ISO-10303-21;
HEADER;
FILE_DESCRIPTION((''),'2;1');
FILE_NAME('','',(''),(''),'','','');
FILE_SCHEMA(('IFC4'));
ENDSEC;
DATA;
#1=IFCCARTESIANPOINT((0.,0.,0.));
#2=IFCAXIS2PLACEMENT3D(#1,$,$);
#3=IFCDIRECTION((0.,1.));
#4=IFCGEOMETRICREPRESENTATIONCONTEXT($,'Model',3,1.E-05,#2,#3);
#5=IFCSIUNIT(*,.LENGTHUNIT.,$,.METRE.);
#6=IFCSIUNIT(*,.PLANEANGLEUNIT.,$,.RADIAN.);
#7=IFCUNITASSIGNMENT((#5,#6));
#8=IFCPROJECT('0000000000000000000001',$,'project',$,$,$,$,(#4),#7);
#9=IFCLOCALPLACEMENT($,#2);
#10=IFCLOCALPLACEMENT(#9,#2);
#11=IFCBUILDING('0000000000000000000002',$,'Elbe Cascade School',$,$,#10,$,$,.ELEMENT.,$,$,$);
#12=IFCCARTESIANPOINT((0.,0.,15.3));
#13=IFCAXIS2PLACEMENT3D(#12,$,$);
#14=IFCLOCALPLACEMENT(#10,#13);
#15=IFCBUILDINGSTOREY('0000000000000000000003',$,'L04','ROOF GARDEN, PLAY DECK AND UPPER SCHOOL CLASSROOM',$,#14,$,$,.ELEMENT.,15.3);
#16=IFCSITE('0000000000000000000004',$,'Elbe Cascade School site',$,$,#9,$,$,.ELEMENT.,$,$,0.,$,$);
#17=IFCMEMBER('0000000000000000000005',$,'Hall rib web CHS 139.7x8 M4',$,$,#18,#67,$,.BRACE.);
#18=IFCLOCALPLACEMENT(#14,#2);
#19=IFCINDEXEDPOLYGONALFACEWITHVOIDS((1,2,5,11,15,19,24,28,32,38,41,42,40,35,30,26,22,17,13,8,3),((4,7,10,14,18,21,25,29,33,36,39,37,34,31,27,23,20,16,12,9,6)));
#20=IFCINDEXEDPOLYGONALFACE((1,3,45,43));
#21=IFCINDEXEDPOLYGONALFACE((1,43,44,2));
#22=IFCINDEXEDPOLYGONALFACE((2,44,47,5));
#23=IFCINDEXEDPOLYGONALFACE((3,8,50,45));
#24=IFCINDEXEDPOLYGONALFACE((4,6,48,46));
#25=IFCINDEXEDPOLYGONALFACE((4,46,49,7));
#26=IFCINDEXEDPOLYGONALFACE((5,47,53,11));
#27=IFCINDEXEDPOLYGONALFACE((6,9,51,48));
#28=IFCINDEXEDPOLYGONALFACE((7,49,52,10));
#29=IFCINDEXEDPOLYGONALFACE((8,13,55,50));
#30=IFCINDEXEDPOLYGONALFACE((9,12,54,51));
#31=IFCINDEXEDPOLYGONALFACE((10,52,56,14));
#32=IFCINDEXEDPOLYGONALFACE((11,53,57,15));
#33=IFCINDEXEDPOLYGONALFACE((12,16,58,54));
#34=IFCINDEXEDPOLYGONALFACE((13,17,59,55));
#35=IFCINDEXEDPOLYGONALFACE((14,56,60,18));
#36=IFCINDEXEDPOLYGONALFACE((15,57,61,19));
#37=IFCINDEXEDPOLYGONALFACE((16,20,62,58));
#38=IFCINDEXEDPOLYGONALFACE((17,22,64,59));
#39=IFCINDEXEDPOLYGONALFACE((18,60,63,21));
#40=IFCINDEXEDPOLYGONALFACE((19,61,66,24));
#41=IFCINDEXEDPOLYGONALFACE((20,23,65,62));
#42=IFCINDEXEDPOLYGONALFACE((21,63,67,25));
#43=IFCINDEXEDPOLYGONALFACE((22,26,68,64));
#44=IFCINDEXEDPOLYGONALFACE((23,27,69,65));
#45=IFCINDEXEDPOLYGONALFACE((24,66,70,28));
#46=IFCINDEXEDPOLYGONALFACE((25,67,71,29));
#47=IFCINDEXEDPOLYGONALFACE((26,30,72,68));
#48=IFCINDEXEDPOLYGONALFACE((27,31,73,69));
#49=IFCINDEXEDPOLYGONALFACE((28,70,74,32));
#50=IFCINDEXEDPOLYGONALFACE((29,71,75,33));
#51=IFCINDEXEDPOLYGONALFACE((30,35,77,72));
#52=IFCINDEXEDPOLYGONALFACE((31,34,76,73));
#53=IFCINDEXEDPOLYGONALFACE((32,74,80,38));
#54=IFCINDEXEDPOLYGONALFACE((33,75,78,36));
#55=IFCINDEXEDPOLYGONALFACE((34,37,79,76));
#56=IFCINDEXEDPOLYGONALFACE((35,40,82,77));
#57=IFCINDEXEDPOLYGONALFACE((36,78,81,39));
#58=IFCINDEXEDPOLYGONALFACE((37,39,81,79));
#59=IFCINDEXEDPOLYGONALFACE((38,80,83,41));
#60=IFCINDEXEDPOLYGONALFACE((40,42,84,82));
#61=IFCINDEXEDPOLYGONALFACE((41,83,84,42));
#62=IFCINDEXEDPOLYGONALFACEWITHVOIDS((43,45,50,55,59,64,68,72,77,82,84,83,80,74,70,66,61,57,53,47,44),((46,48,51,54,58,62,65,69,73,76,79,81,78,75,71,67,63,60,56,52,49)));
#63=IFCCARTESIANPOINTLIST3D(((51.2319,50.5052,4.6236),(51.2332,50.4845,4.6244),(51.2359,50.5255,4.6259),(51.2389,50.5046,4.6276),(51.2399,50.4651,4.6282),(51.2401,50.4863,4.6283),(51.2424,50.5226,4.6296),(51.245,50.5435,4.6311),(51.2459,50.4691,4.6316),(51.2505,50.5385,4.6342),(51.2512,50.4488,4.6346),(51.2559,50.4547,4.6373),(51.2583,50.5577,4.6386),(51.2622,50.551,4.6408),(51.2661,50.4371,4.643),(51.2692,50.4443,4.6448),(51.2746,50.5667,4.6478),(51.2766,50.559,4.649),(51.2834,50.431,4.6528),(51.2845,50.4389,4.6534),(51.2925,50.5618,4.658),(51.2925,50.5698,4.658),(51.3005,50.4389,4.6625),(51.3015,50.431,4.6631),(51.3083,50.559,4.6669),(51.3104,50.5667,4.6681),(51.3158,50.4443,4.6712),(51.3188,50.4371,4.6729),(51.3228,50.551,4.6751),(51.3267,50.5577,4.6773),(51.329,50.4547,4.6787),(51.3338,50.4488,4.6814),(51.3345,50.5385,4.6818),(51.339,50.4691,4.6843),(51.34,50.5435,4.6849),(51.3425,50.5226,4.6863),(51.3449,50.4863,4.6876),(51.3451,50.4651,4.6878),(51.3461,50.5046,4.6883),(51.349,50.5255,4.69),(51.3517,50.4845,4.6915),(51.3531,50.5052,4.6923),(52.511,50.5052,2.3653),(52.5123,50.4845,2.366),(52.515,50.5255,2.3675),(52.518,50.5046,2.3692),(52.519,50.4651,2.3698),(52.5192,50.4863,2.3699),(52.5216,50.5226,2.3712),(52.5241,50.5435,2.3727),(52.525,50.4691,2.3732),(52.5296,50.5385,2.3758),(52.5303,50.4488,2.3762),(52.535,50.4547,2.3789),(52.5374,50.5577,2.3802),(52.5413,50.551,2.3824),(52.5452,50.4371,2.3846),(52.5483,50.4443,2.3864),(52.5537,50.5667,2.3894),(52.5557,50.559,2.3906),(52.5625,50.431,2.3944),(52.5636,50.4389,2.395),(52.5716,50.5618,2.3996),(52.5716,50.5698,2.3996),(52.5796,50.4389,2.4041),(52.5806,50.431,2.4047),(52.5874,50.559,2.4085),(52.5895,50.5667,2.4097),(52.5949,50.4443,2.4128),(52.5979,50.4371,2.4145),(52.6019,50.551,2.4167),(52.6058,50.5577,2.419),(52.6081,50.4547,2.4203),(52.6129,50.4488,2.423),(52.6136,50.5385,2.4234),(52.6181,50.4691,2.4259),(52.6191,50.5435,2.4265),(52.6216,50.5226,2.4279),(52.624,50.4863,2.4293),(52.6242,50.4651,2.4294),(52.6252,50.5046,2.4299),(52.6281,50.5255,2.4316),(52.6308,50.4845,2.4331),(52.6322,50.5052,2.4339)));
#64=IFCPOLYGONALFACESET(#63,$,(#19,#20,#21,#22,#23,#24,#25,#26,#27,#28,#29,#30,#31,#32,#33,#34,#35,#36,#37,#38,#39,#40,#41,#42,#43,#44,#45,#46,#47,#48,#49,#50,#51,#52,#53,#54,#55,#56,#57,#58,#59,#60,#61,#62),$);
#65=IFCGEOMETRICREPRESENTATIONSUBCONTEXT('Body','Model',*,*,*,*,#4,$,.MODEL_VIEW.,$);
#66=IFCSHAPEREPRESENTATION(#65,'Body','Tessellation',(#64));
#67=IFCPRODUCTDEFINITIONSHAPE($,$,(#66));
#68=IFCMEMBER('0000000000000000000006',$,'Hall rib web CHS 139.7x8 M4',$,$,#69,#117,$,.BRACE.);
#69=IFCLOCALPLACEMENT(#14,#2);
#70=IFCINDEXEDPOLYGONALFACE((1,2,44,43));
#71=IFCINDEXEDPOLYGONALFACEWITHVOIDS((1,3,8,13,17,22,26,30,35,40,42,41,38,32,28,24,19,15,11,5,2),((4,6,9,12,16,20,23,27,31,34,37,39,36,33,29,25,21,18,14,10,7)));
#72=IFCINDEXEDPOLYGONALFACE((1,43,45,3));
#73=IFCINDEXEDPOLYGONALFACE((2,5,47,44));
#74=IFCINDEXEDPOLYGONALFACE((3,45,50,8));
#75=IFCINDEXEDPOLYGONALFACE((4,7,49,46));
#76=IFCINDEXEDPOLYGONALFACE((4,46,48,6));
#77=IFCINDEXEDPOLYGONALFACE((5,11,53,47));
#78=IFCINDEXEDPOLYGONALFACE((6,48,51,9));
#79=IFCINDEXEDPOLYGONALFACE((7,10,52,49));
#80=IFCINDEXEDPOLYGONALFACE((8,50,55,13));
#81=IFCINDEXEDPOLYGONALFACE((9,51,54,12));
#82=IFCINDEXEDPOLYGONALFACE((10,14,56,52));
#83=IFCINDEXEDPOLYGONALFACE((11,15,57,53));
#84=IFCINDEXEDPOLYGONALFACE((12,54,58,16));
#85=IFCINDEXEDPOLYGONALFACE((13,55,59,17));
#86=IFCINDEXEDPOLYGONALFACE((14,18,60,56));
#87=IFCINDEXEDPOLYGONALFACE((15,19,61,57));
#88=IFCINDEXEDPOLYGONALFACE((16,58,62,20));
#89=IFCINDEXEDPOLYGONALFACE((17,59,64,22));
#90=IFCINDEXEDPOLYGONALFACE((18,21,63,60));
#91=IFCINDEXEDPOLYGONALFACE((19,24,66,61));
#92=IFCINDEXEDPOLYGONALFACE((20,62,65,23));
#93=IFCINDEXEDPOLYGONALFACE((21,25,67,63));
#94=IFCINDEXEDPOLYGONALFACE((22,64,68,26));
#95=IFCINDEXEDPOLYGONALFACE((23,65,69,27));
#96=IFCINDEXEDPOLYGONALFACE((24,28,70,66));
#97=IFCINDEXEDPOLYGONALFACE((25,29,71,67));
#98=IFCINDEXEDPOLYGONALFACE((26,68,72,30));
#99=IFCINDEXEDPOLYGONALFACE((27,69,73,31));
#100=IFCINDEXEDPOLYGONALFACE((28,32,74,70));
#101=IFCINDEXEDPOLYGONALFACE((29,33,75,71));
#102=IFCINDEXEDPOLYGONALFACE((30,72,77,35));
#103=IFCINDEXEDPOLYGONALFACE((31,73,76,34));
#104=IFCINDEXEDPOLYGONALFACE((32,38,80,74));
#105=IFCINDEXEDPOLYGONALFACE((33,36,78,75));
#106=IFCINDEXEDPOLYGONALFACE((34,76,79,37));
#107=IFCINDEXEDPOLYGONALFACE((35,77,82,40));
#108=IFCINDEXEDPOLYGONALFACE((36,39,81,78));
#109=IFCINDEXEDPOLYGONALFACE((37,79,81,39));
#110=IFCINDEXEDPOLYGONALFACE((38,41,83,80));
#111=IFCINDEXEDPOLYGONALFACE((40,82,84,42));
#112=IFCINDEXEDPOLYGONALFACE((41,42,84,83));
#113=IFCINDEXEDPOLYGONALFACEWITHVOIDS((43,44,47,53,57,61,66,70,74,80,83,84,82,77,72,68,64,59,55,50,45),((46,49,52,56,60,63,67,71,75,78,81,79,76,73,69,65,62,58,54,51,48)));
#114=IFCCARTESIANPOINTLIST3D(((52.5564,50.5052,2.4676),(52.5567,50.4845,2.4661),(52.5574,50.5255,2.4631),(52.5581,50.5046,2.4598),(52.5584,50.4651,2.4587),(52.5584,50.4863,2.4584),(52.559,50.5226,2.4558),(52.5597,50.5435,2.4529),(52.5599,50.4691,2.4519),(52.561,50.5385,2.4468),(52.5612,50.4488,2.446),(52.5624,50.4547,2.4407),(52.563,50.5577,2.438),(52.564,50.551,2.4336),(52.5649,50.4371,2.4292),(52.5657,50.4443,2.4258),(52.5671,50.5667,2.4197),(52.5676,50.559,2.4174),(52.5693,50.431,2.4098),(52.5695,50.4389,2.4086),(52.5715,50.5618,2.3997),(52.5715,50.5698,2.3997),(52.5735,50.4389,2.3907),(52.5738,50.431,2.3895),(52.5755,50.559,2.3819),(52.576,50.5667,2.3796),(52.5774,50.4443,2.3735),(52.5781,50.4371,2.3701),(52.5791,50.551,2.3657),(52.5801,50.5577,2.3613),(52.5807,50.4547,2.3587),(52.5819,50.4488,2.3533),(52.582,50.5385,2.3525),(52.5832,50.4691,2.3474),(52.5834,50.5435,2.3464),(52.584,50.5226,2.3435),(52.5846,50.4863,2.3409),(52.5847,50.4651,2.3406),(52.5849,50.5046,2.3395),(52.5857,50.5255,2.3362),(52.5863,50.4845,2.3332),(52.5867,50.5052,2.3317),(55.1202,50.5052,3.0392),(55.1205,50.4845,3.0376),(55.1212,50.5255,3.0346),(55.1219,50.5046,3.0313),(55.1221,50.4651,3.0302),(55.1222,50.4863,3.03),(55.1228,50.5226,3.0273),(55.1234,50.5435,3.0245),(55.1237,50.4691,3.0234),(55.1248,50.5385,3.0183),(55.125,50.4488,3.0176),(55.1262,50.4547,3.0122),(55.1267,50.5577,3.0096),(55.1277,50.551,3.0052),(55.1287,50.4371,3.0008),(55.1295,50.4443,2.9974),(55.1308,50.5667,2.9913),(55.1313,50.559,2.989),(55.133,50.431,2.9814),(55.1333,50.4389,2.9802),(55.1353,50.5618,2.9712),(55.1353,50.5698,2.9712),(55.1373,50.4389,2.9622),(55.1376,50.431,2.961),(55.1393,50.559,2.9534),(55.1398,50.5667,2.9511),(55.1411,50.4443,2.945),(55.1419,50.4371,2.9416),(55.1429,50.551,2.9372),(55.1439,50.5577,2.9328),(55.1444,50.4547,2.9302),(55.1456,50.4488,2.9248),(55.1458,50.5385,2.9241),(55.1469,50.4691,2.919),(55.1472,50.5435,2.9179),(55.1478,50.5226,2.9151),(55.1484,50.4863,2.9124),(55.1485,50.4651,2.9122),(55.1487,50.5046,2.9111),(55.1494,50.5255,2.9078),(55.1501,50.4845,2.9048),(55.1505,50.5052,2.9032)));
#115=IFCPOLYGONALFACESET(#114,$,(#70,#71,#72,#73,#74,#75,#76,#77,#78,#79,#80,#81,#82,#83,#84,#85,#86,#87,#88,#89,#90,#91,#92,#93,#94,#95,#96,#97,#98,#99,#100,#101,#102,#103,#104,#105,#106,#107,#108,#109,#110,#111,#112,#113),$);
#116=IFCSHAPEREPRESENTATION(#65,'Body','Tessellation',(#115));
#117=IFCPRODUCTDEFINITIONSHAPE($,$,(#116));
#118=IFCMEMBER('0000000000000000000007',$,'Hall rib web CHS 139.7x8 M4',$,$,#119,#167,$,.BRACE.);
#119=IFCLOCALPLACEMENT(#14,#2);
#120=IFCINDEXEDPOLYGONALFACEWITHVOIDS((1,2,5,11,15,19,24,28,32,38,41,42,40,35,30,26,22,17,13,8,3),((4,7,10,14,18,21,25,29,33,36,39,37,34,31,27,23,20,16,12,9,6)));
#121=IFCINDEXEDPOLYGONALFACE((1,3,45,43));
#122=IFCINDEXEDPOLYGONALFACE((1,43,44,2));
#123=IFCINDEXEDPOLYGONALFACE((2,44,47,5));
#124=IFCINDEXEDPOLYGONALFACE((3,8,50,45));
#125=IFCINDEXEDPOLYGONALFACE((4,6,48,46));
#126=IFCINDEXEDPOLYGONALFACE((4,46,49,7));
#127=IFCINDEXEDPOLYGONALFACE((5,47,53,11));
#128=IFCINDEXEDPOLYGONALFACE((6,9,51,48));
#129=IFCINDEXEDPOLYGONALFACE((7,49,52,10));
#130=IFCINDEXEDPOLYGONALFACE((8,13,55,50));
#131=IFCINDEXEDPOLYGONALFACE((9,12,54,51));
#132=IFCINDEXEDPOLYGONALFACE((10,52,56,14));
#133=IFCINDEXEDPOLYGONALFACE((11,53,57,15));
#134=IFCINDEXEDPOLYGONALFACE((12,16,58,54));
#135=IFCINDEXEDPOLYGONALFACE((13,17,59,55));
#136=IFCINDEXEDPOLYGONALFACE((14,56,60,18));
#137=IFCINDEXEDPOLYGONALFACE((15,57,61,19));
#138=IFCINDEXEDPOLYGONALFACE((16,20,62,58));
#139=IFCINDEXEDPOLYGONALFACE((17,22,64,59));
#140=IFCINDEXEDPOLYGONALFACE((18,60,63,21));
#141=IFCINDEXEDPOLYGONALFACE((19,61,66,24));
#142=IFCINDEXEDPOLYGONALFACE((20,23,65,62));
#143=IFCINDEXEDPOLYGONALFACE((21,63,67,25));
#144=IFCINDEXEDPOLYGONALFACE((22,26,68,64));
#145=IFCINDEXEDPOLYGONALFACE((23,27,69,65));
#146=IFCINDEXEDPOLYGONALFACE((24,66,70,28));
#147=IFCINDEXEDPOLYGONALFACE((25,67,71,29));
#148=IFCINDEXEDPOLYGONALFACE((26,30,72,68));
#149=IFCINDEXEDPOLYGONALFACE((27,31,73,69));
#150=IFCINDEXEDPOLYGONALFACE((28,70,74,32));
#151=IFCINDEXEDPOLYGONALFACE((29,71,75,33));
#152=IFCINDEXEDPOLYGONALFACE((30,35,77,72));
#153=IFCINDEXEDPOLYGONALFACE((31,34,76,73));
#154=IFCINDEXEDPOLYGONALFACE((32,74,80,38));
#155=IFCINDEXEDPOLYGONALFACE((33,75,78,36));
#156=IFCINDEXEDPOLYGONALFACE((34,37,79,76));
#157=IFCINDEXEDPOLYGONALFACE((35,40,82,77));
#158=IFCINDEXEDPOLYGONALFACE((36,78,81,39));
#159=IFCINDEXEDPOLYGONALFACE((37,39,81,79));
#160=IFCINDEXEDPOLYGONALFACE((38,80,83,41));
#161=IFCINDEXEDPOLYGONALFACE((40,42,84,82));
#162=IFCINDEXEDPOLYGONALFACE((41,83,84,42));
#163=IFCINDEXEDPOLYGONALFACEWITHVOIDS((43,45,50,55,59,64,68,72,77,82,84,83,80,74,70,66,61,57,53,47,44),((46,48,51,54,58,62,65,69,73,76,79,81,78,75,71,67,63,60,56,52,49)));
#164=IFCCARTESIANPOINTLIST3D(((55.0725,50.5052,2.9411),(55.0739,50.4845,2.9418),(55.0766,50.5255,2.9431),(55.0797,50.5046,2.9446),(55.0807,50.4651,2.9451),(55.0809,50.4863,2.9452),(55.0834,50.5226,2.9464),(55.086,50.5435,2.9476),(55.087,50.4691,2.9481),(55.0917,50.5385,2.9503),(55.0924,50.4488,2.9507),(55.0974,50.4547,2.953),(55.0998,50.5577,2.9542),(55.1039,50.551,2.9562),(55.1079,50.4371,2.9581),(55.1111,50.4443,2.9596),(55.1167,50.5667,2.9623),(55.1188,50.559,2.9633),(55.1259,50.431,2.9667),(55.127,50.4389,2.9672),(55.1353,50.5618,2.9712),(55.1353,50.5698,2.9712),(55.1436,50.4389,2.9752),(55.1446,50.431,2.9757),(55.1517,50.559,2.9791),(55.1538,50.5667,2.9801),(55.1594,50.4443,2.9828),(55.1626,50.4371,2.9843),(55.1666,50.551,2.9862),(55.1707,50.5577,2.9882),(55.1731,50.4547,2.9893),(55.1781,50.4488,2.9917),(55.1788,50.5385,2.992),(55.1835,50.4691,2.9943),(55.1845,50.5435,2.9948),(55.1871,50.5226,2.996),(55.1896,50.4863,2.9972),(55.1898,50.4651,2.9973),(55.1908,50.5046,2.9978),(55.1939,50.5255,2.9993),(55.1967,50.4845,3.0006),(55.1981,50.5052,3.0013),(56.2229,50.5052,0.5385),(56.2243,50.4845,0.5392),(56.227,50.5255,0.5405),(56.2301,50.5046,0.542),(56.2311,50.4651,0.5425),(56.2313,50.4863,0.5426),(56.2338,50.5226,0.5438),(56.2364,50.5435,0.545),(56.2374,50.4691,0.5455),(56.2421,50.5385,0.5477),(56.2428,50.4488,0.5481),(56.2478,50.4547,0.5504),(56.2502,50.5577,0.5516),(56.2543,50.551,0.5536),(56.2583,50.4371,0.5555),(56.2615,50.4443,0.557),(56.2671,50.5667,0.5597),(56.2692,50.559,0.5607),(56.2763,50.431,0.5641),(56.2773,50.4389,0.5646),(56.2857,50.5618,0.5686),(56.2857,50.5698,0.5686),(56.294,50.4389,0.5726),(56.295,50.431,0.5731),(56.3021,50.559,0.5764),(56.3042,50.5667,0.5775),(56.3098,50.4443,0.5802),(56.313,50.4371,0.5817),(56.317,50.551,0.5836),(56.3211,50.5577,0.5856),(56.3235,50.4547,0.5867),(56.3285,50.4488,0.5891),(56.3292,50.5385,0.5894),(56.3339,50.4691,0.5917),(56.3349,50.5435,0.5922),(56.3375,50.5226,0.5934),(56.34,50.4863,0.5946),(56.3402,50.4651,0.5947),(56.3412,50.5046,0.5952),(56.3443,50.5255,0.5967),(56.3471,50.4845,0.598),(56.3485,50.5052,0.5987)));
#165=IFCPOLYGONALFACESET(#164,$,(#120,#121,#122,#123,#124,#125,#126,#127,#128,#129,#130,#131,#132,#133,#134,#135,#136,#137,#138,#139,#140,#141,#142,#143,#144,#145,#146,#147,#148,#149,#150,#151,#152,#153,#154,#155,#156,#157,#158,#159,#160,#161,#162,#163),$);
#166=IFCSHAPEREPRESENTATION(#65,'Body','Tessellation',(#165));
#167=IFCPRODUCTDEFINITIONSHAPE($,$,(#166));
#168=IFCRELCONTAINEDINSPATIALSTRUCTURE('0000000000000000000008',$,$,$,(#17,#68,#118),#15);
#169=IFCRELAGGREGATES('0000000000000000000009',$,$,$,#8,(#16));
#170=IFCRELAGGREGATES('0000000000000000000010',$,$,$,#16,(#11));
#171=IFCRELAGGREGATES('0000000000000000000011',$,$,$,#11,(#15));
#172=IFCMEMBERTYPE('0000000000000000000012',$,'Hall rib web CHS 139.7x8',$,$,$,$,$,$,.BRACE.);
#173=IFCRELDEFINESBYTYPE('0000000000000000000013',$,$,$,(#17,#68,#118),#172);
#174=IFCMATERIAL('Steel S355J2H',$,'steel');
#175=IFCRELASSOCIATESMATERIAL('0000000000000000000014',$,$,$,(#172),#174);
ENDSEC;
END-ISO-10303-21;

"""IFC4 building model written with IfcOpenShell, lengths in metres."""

from ifc_helpers import new_model, si_unit, direction, frame, origin, origin_2d, place, context, subcontext, project, spatial, hollow_circle, extrude, material, material_profile, profile_set, type_object, element, save


model = new_model("IFC4")

# Units and contexts
model_context = context("Model", 3, precision=1e-05, world=origin(), true_north=direction((0.0, 1.0)))
body_context = subcontext(model_context, "Body", "Model", "MODEL_VIEW")
ifc_project = project(units=[si_unit("LENGTHUNIT", "METRE"), si_unit("PLANEANGLEUNIT", "RADIAN")], contexts=[model_context])

# Site, building, storey
site_placement = place(None, origin())
site = spatial("IfcSite", under=ifc_project, at=site_placement, Name="Elbe Cascade School site", CompositionType="ELEMENT", RefElevation=0.0)
building_placement = place(site_placement, origin())
building = spatial("IfcBuilding", under=site, at=building_placement, Name="Elbe Cascade School", CompositionType="ELEMENT")
storey_placement = place(building_placement, frame((0.0, 0.0, 15.3)))
storey = spatial("IfcBuildingStorey", under=building, at=storey_placement, Name="L04", Description="ROOF GARDEN, PLAY DECK AND UPPER SCHOOL CLASSROOM", CompositionType="ELEMENT", Elevation=15.3)

# Members
ifc_material_1 = material(Name="Steel S355J2H", Category="steel")
ifc_material_profile_1 = material_profile(ifc_material_1, hollow_circle(Radius=0.0698, WallThickness=0.0081, at=origin_2d()), Name="CHS 139.7x8")
ifc_profile_set_1 = profile_set([ifc_material_profile_1], Name="Steel S355J2H")
member_type_1 = type_object("IfcMemberType", Name="Hall rib web CHS 139.7x8", PredefinedType="BRACE", material=ifc_profile_set_1)
member_1_placement = place(storey_placement, frame((51.2925, 50.5, 4.658), z_axis=(0.492823, 0.0, -0.87013), x_axis=(0.0, 1.0, 0.0)))
element("IfcMember", 1, at=member_1_placement, inside=storey, type_object=member_type_1, Name="Hall rib web CHS 139.7x8 M4", PredefinedType="BRACE", context=body_context, shape_type="SweptSolid", body=[
    extrude(hollow_circle(Radius=0.0698, WallThickness=0.0081, at=origin_2d()), origin(), (0.0, 0.0, 1.0), 2.5955),
])
member_2_placement = place(storey_placement, frame((52.5715, 50.5, 2.3997), z_axis=(0.97604, 0.0, 0.21759), x_axis=(0.0, 1.0, 0.0)))
element("IfcMember", 2, at=member_2_placement, inside=storey, type_object=member_type_1, Name="Hall rib web CHS 139.7x8 M4", PredefinedType="BRACE", context=body_context, shape_type="SweptSolid", body=[
    extrude(hollow_circle(Radius=0.0698, WallThickness=0.0081, at=origin_2d()), origin(), (0.0, 0.0, 1.0), 2.6267),
])
member_3_placement = place(storey_placement, frame((55.1353, 50.5, 2.9712), z_axis=(0.431861, 0.0, -0.90194), x_axis=(0.0, 1.0, 0.0)))
element("IfcMember", 3, at=member_3_placement, inside=storey, type_object=member_type_1, Name="Hall rib web CHS 139.7x8 M4", PredefinedType="BRACE", context=body_context, shape_type="SweptSolid", body=[
    extrude(hollow_circle(Radius=0.0698, WallThickness=0.0081, at=origin_2d()), origin(), (0.0, 0.0, 1.0), 2.6638),
])

save(model, "model.ifc")
